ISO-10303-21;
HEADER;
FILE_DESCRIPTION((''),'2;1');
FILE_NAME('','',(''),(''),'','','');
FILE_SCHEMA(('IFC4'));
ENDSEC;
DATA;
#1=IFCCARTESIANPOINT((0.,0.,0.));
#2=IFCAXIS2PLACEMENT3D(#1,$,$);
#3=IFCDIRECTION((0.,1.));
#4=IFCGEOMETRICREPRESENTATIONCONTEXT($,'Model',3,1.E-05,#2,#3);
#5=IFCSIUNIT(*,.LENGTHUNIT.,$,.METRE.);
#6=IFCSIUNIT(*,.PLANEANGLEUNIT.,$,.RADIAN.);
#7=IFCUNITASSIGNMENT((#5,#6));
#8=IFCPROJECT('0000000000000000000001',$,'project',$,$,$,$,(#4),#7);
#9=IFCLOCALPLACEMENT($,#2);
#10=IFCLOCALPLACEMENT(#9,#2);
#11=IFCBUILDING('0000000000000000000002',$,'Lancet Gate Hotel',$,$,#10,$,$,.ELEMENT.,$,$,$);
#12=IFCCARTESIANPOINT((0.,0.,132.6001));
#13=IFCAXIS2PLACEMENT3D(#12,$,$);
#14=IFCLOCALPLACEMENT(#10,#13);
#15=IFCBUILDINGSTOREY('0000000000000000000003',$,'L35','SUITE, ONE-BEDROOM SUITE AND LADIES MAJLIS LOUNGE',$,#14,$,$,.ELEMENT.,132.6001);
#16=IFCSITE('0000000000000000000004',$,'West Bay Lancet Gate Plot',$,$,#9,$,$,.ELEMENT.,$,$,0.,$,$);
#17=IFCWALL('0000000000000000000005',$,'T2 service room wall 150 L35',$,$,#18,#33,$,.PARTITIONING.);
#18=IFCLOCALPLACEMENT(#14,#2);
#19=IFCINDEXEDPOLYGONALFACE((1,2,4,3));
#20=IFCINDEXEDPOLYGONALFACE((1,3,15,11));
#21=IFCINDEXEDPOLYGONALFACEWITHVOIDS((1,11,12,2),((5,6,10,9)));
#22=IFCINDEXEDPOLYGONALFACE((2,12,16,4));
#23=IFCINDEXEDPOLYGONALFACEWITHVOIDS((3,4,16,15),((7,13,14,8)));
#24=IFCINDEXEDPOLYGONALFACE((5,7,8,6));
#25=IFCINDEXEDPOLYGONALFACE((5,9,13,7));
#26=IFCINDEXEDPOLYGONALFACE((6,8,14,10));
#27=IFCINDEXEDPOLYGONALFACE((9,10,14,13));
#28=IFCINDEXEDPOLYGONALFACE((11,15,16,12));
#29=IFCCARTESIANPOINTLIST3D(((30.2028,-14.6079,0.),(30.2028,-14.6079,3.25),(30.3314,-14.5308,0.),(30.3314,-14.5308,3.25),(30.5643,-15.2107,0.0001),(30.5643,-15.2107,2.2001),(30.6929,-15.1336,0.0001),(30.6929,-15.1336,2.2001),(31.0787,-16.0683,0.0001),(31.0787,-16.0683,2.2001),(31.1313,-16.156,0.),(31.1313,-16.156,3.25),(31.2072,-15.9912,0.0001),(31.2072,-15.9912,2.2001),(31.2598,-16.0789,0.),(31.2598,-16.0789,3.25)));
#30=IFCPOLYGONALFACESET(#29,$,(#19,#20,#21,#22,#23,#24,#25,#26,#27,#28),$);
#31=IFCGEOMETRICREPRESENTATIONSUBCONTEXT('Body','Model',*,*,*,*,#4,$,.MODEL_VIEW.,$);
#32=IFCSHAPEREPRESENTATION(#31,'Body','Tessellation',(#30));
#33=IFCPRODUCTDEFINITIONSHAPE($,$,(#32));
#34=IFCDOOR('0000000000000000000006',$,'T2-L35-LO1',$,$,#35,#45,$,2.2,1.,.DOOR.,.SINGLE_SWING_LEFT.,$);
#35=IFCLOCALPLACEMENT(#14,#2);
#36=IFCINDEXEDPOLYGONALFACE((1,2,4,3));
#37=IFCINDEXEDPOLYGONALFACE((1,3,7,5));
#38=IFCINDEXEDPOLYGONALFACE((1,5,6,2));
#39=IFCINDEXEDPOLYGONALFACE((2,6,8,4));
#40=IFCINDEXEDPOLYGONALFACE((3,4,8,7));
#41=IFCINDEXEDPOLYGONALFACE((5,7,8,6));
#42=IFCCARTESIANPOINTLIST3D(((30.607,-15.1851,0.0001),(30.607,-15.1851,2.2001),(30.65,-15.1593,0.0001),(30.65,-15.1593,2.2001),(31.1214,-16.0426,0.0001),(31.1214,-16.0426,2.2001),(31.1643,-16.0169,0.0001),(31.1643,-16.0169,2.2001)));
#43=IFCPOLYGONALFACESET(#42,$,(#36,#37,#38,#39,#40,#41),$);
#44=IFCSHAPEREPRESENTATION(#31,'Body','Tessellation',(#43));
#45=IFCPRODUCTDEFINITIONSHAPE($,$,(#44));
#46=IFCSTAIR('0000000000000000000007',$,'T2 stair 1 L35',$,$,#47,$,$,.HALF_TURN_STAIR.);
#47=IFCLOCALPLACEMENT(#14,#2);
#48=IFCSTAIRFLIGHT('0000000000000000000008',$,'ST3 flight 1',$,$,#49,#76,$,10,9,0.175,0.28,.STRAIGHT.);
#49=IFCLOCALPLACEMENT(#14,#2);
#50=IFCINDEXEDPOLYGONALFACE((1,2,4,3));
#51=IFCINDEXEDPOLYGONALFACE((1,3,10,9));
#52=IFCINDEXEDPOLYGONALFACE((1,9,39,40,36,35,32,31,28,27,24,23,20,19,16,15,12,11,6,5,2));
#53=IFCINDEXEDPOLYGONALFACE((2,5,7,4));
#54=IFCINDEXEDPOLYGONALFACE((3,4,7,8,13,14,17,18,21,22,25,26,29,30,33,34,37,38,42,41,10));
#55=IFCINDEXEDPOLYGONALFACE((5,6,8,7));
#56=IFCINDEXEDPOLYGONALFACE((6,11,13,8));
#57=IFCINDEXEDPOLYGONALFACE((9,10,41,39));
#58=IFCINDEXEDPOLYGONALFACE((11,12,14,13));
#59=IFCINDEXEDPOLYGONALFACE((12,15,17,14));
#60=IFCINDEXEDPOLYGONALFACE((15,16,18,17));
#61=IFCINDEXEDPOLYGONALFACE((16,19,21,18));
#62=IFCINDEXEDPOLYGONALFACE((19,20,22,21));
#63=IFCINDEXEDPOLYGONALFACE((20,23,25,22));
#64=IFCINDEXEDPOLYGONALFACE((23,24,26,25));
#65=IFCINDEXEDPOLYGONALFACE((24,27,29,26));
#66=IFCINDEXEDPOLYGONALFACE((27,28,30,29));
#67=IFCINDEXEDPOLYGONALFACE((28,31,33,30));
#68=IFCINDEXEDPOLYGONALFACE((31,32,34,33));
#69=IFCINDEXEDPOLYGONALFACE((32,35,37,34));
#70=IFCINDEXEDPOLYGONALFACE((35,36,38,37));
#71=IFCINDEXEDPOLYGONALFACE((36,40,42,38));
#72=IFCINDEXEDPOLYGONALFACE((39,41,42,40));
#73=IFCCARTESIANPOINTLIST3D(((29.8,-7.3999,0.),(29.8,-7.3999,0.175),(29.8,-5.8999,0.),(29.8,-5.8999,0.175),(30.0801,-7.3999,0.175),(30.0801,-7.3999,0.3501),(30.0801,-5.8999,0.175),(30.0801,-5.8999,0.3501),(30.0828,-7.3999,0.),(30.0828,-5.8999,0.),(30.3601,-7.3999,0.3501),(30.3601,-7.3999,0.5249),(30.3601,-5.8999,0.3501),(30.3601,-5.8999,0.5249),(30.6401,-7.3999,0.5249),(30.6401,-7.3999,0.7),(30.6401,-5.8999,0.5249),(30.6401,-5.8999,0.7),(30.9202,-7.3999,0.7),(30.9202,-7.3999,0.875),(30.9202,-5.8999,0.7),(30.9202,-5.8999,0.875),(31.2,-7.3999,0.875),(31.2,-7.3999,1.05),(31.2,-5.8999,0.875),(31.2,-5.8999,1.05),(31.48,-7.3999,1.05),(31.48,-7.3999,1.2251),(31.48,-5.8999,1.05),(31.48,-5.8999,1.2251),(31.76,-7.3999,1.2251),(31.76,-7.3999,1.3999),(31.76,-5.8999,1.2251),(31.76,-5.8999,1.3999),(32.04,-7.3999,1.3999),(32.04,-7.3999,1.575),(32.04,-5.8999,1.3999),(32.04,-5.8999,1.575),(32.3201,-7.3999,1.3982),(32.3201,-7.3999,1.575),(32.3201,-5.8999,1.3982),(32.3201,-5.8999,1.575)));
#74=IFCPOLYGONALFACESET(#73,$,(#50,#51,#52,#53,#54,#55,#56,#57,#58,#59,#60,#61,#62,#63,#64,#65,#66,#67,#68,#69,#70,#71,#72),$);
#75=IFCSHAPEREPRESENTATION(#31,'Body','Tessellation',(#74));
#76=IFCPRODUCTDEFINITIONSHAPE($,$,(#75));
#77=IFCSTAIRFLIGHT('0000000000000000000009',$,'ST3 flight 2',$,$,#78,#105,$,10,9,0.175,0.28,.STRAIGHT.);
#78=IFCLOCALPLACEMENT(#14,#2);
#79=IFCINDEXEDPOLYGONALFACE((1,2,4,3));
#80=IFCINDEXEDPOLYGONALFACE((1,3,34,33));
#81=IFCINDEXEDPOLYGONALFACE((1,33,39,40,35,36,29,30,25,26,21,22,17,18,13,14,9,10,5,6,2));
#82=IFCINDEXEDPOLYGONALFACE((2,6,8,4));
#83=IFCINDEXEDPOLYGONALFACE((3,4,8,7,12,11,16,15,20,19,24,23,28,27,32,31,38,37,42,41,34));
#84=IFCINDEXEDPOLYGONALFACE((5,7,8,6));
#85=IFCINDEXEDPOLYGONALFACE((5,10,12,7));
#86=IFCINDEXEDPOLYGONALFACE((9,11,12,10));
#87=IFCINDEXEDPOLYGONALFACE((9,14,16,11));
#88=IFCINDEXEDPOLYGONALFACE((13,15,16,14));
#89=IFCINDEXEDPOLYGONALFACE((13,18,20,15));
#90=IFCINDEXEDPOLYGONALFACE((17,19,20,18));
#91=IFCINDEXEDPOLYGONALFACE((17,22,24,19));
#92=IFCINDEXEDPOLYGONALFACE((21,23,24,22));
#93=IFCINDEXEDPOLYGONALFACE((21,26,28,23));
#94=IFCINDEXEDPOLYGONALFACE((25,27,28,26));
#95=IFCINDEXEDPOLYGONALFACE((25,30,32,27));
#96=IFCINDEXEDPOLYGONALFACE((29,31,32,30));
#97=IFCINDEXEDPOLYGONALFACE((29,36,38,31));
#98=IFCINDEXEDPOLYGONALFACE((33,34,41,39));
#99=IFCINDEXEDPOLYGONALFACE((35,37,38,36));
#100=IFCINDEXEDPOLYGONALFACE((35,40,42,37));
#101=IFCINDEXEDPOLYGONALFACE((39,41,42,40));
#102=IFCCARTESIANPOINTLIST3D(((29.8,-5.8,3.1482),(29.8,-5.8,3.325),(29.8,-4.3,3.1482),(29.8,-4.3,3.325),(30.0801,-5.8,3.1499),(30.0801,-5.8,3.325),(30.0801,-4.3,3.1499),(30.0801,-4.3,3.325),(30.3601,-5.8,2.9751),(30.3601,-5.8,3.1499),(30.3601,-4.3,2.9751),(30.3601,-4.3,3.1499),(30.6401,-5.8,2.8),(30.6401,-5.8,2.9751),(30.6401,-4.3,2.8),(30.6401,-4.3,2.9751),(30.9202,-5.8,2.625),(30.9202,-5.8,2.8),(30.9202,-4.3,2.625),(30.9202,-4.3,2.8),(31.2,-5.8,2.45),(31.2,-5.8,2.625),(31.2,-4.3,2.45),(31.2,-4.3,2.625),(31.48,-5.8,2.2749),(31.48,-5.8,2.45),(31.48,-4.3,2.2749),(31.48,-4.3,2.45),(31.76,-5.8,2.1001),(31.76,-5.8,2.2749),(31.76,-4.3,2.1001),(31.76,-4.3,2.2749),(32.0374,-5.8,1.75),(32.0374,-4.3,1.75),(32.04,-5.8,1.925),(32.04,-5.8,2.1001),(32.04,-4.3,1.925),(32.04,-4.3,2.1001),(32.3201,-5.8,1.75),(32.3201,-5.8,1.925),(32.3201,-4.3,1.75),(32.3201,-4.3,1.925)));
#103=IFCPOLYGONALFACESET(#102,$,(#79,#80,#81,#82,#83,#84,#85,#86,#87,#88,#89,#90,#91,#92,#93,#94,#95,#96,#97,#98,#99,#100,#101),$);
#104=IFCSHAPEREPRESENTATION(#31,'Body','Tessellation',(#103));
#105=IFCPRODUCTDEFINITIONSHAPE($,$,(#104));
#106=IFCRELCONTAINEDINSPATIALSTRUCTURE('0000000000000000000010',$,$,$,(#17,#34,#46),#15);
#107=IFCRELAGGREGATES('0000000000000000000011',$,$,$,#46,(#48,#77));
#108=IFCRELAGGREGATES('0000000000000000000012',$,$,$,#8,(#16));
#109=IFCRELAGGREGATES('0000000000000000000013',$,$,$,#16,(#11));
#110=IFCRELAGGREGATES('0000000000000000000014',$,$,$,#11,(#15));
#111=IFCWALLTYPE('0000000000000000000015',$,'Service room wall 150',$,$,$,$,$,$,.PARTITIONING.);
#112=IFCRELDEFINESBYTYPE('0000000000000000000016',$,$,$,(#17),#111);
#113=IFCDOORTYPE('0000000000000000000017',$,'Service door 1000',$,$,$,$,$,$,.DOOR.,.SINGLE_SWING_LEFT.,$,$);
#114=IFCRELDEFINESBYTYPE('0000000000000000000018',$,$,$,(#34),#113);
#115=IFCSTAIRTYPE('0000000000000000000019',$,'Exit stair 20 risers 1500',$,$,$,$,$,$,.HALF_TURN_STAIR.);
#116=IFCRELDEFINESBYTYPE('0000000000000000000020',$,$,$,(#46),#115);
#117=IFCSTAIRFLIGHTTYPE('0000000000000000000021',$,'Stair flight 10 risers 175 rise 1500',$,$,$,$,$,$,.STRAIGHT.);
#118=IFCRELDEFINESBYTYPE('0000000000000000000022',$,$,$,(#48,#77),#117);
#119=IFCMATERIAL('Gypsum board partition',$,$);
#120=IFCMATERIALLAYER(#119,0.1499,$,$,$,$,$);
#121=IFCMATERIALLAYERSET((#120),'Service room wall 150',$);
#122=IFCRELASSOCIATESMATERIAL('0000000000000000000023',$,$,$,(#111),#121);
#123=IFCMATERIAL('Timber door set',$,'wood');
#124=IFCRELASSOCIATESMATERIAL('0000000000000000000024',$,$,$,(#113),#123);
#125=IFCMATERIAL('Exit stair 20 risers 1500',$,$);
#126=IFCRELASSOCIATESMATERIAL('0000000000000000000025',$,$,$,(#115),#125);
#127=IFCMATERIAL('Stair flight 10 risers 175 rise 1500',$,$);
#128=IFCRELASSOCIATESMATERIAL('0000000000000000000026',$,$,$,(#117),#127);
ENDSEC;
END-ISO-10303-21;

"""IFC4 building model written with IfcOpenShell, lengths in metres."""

from ifc_helpers import new_model, si_unit, direction, frame, frame_2d, origin, place, context, subcontext, project, spatial, polyline, rectangle, outline, extrude, material, layer, layer_set, type_object, element, fill, aggregate, save


model = new_model("IFC4")

# Units and contexts
model_context = context("Model", 3, precision=1e-05, world=origin(), true_north=direction((0.0, 1.0)))
body_context = subcontext(model_context, "Body", "Model", "MODEL_VIEW")
ifc_project = project(units=[si_unit("LENGTHUNIT", "METRE"), si_unit("PLANEANGLEUNIT", "RADIAN")], contexts=[model_context])

# Site, building, storey
site_placement = place(None, origin())
site = spatial("IfcSite", under=ifc_project, at=site_placement, Name="West Bay Lancet Gate Plot", CompositionType="ELEMENT", RefElevation=0.0)
building_placement = place(site_placement, origin())
building = spatial("IfcBuilding", under=site, at=building_placement, Name="Lancet Gate Hotel", CompositionType="ELEMENT")
storey_placement = place(building_placement, frame((0.0, 0.0, 132.6001)))
storey = spatial("IfcBuildingStorey", under=building, at=storey_placement, Name="L35", Description="SUITE, ONE-BEDROOM SUITE AND LADIES MAJLIS LOUNGE", CompositionType="ELEMENT", Elevation=132.6001)

# Wall, opening, door
ifc_material_1 = material(Name="Gypsum board partition")
ifc_layer_1 = layer(ifc_material_1, 0.1499)
ifc_layer_set_1 = layer_set([ifc_layer_1], Name="Service room wall 150")
wall_type_1 = type_object("IfcWallType", Name="Service room wall 150", PredefinedType="PARTITIONING", material=ifc_layer_set_1)
wall_1_placement = place(storey_placement, frame((30.2671, -14.5693, 0.0), z_axis=(0.0, 0.0, 1.0), x_axis=(0.514337, -0.857588, 0.0)))
wall_1 = element("IfcWall", 1, at=wall_1_placement, inside=storey, type_object=wall_type_1, Name="T2 service room wall 150 L35", PredefinedType="PARTITIONING", context=body_context, shape_type="SweptSolid", body=[
    extrude(rectangle(XDim=1.8052, YDim=0.1499, at=frame_2d((0.9026, 0.0))), origin(), (0.0, 0.0, 1.0), 3.25),
])
opening_1_placement = place(wall_1_placement, frame((0.7029, 0.0, 0.0)))
opening_1 = element("IfcOpeningElement", 2, at=opening_1_placement, cuts=wall_1, PredefinedType="OPENING", context=body_context, shape_type="SweptSolid", body=[
    extrude(rectangle(XDim=1.0, YDim=2.2, at=frame_2d((0.5, 1.1001))), frame((0.0, 0.085, 0.0), z_axis=(0.0, -1.0, 0.0), x_axis=(1.0, 0.0, 0.0)), (0.0, 0.0, 1.0), 0.1699),
])
ifc_material_2 = material(Name="Timber door set", Category="wood")
door_type_1 = type_object("IfcDoorType", Name="Service door 1000", OperationType="SINGLE_SWING_LEFT", PredefinedType="DOOR", material=ifc_material_2)
door_1_placement = place(opening_1_placement, origin())
door_1 = element("IfcDoor", 3, at=door_1_placement, inside=storey, type_object=door_type_1, Name="T2-L35-LO1", OperationType="SINGLE_SWING_LEFT", OverallHeight=2.2, OverallWidth=1.0, PredefinedType="DOOR", context=body_context, shape_type="SweptSolid", body=[
    extrude(rectangle(XDim=1.0, YDim=2.2, at=frame_2d((0.5, 1.1001))), frame((0.0, 0.0249, 0.0), z_axis=(0.0, -1.0, 0.0), x_axis=(1.0, 0.0, 0.0)), (0.0, 0.0, 1.0), 0.05),
])
fill(opening_1, door_1)

# Stair, stair flights
ifc_material_3 = material(Name="Exit stair 20 risers 1500")
stair_type = type_object("IfcStairType", Name="Exit stair 20 risers 1500", PredefinedType="HALF_TURN_STAIR", material=ifc_material_3)
stair_placement = place(storey_placement, origin())
stair = element("IfcStair", 4, at=stair_placement, inside=storey, type_object=stair_type, Name="T2 stair 1 L35", PredefinedType="HALF_TURN_STAIR")
ifc_material_4 = material(Name="Stair flight 10 risers 175 rise 1500")
stair_flight_type = type_object("IfcStairFlightType", Name="Stair flight 10 risers 175 rise 1500", PredefinedType="STRAIGHT", material=ifc_material_4)
stair_flight_1_placement = place(storey_placement, frame((29.8, -6.6499, 0.0), z_axis=(0.0, 0.0, 1.0), x_axis=(1.0, 0.0, 0.0)))
stair_flight_1 = element("IfcStairFlight", 5, at=stair_flight_1_placement, type_object=stair_flight_type, Name="ST3 flight 1", NumberOfRisers=10, NumberOfTreads=9, PredefinedType="STRAIGHT", RiserHeight=0.175, TreadLength=0.28, context=body_context, shape_type="SweptSolid", body=[
    extrude(outline(polyline([(0.0, 0.0), (0.0, 0.175), (0.28, 0.175), (0.28, 0.3501), (0.5601, 0.3501), (0.5601, 0.5249), (0.8401, 0.5249), (0.8401, 0.7), (1.1201, 0.7), (1.1201, 0.875), (1.3999, 0.875), (1.3999, 1.05), (1.6799, 1.05), (1.6799, 1.2251), (1.96, 1.2251), (1.96, 1.3999), (2.24, 1.3999), (2.24, 1.575), (2.52, 1.575), (2.52, 1.75), (2.52, 1.3982), (0.2827, 0.0), (0.0, 0.0)])), frame((0.0, 0.75, 0.0), z_axis=(0.0, -1.0, 0.0), x_axis=(1.0, 0.0, 0.0)), (0.0, 0.0, 1.0), 1.5),
])
stair_flight_2_placement = place(storey_placement, frame((32.3201, -5.05, 1.75), z_axis=(0.0, 0.0, 1.0), x_axis=(-1.0, 0.0, 0.0)))
stair_flight_2 = element("IfcStairFlight", 6, at=stair_flight_2_placement, type_object=stair_flight_type, Name="ST3 flight 2", NumberOfRisers=10, NumberOfTreads=9, PredefinedType="STRAIGHT", RiserHeight=0.175, TreadLength=0.28, context=body_context, shape_type="SweptSolid", body=[
    extrude(outline(polyline([(0.0, 0.0), (0.0, 0.175), (0.28, 0.175), (0.28, 0.3501), (0.5601, 0.3501), (0.5601, 0.5249), (0.8401, 0.5249), (0.8401, 0.7), (1.1201, 0.7), (1.1201, 0.875), (1.3999, 0.875), (1.3999, 1.05), (1.6799, 1.05), (1.6799, 1.2251), (1.96, 1.2251), (1.96, 1.3999), (2.24, 1.3999), (2.24, 1.575), (2.52, 1.575), (2.52, 1.75), (2.52, 1.3982), (0.2827, 0.0), (0.0, 0.0)])), frame((0.0, 0.75, 0.0), z_axis=(0.0, -1.0, 0.0), x_axis=(1.0, 0.0, 0.0)), (0.0, 0.0, 1.0), 1.5),
])
aggregate(stair, [stair_flight_1, stair_flight_2])

save(model, "model.ifc")
